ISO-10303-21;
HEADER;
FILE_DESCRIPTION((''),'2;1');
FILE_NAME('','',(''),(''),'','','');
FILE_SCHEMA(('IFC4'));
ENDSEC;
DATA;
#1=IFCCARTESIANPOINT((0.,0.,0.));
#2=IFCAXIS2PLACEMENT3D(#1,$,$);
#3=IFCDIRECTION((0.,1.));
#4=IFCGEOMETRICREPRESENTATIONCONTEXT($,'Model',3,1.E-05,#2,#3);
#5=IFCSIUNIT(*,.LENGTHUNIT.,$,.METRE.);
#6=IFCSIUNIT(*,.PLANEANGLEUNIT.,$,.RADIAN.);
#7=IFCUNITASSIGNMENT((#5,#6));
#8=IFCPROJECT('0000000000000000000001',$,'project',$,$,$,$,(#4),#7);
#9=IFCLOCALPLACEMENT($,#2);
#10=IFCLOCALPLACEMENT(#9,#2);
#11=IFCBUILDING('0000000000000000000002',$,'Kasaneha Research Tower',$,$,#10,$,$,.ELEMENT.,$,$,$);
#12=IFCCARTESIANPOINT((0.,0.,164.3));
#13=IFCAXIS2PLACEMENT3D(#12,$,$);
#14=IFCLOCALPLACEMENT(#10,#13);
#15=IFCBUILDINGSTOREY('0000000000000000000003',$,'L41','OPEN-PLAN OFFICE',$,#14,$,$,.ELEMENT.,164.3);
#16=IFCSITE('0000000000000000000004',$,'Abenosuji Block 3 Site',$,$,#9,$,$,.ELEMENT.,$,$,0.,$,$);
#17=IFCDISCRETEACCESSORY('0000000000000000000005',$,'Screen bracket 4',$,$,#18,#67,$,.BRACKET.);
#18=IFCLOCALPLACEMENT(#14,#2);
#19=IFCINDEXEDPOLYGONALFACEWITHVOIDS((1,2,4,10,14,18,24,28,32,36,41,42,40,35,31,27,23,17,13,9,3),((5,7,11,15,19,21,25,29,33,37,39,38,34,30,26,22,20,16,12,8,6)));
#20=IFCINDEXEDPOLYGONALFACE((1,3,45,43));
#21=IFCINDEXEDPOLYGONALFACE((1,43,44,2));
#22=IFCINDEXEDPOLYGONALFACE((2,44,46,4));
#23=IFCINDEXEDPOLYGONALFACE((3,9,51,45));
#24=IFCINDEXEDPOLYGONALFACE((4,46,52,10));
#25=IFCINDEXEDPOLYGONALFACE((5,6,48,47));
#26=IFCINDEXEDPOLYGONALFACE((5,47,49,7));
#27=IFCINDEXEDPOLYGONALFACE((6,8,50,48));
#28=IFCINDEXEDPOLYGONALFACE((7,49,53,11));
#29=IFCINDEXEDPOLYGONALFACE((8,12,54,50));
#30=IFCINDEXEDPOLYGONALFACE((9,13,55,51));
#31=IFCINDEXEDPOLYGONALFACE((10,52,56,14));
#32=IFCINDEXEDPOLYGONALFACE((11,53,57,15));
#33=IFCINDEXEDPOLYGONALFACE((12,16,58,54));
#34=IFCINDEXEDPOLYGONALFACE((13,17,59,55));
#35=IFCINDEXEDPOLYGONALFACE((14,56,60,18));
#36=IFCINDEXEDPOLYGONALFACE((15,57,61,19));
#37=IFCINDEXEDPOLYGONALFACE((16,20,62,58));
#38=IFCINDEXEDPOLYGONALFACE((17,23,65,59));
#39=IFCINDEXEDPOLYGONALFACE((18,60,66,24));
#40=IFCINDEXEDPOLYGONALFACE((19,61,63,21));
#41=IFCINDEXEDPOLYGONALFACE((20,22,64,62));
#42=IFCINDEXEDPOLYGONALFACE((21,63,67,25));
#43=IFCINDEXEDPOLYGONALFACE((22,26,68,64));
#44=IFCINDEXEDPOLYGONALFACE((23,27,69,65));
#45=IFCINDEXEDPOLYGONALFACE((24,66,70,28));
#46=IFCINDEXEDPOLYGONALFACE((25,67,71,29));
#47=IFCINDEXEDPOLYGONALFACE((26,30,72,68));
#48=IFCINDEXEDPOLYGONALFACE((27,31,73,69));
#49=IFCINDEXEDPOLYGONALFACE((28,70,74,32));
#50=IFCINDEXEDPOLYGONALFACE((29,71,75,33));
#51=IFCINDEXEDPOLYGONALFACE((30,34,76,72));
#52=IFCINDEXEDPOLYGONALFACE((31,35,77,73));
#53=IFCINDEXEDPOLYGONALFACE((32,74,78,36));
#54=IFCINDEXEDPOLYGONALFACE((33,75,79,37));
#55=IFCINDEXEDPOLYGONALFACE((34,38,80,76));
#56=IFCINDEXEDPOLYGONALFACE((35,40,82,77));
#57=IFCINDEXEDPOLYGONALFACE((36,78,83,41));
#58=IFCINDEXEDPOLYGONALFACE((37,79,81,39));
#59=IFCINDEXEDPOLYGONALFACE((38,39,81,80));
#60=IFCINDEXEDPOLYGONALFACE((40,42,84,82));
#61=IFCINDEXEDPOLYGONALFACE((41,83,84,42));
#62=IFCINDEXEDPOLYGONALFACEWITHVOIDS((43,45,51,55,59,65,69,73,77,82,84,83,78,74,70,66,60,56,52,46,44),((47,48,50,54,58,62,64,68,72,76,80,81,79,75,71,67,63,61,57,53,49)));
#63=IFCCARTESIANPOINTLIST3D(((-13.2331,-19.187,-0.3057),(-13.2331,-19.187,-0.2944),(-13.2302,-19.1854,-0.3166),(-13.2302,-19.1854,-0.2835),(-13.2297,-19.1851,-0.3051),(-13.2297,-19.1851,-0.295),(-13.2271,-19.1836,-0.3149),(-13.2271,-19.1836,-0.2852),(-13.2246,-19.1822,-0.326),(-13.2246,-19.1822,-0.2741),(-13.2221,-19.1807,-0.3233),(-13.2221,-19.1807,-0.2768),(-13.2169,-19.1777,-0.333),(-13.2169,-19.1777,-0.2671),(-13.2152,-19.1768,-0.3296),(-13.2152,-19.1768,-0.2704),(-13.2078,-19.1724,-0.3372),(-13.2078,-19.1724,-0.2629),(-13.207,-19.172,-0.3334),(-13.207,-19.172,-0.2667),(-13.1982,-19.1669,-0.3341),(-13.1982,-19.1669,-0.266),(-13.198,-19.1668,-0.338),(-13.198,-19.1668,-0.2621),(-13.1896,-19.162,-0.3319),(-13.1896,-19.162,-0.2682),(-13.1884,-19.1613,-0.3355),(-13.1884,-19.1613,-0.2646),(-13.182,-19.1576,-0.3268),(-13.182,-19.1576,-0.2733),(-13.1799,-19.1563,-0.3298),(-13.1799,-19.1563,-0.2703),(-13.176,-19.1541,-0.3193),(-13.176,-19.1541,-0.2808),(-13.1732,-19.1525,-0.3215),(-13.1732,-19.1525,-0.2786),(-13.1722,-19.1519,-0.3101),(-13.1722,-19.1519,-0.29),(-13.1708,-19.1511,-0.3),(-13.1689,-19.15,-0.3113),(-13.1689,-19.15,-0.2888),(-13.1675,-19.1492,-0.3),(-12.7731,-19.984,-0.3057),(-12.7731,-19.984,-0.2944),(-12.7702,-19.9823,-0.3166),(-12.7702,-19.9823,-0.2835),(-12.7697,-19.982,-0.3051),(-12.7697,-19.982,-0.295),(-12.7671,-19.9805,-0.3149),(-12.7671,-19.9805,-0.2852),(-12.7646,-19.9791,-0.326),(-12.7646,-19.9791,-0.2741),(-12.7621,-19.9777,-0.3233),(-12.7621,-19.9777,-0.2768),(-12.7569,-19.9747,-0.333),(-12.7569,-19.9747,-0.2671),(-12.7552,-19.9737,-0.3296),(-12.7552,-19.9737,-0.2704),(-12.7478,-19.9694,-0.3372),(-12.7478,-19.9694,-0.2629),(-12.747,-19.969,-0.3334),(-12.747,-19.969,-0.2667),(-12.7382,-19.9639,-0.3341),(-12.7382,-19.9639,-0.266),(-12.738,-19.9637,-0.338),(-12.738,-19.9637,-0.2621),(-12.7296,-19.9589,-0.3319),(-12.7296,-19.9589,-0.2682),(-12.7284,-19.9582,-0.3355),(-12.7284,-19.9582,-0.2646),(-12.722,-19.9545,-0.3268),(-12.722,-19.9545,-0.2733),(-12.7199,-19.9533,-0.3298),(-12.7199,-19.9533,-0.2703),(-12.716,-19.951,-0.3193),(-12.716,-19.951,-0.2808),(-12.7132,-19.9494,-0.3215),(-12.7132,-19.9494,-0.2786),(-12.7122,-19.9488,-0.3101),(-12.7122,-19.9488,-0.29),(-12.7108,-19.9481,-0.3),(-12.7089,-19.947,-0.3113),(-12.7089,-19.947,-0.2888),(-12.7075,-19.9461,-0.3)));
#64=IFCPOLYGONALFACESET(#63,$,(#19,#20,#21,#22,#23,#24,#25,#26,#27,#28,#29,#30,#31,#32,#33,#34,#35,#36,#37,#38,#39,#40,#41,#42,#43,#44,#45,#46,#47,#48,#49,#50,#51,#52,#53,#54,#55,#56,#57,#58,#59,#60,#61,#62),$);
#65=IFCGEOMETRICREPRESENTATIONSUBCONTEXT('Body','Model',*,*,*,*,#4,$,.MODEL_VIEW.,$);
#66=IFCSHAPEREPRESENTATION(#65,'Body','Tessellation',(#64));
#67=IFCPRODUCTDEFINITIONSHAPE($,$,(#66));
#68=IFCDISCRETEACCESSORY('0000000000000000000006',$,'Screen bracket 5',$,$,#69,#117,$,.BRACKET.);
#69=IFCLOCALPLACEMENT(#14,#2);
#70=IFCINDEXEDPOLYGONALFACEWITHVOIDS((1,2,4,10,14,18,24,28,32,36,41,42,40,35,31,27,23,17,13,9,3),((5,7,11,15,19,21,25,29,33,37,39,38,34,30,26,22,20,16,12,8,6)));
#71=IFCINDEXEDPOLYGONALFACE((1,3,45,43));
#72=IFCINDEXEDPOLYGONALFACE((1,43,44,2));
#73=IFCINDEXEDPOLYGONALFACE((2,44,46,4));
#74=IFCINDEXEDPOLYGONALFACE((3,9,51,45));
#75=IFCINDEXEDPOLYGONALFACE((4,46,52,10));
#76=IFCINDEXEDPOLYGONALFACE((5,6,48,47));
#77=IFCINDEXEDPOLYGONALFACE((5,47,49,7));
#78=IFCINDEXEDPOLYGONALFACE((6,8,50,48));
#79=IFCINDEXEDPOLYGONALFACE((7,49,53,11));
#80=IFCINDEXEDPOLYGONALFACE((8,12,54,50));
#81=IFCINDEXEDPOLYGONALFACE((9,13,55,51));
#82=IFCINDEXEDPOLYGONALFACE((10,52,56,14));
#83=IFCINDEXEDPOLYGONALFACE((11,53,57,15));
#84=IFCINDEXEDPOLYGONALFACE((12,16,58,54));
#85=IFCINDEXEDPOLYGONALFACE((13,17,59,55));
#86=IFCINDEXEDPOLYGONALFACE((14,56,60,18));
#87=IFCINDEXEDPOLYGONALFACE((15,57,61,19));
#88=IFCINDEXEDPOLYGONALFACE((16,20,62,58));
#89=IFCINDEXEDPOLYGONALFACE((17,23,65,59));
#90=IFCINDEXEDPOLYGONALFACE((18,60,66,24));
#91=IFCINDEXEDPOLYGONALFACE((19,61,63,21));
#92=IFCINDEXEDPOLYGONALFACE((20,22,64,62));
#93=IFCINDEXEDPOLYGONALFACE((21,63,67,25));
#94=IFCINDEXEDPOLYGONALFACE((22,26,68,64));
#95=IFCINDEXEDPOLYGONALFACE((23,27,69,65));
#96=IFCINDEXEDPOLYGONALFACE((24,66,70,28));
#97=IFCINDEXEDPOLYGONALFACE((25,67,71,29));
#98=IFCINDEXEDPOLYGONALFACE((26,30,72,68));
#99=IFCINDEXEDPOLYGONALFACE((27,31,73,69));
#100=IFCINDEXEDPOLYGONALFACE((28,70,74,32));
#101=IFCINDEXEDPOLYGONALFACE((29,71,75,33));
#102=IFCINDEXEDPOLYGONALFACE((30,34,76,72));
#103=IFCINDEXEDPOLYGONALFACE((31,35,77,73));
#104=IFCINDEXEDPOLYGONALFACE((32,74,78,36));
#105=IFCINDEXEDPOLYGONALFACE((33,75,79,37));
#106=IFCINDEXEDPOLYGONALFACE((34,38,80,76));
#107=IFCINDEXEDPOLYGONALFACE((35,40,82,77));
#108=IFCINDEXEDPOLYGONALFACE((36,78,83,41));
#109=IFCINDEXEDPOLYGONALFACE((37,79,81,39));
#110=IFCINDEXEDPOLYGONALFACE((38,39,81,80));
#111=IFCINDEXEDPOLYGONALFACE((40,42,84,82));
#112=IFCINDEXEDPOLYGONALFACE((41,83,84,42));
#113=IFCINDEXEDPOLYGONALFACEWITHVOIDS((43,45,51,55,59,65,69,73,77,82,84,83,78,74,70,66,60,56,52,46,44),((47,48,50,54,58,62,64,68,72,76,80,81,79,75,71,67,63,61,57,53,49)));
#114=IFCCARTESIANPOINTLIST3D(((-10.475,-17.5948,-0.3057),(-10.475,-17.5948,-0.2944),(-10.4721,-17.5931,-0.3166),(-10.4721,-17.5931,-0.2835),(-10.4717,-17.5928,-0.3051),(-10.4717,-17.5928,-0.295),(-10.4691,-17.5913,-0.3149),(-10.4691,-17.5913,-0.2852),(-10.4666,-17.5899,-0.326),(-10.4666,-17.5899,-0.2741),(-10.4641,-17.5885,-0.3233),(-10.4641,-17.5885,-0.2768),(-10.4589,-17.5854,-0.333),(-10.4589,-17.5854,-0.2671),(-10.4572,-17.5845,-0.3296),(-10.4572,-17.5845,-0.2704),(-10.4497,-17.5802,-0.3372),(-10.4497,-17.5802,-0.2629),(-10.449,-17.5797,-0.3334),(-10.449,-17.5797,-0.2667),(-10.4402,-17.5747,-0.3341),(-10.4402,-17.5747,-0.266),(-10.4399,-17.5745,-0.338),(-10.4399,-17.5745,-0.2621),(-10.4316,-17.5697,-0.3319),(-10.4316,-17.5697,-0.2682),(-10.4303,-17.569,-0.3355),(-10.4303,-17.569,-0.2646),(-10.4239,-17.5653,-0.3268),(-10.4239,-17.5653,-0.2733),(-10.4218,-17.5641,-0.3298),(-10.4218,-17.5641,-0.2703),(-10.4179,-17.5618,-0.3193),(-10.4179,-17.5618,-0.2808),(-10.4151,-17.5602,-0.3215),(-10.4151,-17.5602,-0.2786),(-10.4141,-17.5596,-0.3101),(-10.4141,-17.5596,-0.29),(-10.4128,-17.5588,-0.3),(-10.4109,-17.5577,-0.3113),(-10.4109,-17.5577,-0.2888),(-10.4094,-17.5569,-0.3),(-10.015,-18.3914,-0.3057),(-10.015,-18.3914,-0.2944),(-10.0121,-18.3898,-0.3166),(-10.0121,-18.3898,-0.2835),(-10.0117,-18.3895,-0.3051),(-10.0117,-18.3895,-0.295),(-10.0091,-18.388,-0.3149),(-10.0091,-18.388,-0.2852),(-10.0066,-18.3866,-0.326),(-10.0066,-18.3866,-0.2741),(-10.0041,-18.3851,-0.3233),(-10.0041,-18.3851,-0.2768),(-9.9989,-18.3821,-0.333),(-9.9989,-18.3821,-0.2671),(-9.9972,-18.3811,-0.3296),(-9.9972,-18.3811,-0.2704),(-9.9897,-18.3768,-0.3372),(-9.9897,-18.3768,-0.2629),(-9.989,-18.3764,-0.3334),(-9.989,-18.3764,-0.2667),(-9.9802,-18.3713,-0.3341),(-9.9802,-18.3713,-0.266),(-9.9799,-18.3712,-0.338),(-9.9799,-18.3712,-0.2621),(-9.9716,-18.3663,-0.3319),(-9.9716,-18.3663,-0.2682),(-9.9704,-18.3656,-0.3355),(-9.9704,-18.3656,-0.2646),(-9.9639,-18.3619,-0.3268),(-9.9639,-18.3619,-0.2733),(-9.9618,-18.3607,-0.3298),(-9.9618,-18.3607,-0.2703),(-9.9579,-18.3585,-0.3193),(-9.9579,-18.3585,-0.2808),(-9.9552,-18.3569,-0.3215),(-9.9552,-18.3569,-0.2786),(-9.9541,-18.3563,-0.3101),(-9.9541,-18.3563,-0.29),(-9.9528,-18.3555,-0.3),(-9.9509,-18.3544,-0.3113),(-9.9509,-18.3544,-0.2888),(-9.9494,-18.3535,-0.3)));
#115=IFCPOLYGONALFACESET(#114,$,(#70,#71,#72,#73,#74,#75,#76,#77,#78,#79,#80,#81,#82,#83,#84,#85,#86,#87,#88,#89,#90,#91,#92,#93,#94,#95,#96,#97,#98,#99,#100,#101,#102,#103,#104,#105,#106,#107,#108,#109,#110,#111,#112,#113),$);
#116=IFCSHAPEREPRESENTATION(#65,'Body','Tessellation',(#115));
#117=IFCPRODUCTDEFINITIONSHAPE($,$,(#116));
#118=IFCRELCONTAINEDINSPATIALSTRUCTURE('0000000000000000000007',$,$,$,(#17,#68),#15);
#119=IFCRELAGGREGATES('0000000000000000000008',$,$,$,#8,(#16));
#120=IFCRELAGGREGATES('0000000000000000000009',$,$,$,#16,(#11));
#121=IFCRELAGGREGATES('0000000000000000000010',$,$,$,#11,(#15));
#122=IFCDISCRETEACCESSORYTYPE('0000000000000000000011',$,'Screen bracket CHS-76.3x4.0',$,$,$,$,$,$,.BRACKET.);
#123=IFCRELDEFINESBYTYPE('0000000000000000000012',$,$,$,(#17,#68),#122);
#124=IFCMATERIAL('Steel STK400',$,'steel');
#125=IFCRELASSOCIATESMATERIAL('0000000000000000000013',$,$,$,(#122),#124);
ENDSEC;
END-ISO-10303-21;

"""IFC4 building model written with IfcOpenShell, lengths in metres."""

from ifc_helpers import new_model, si_unit, direction, frame, origin, origin_2d, place, context, subcontext, project, spatial, hollow_circle, extrude, material, material_profile, profile_set, type_object, element, save


model = new_model("IFC4")

# Units and contexts
model_context = context("Model", 3, precision=1e-05, world=origin(), true_north=direction((0.0, 1.0)))
body_context = subcontext(model_context, "Body", "Model", "MODEL_VIEW")
ifc_project = project(units=[si_unit("LENGTHUNIT", "METRE"), si_unit("PLANEANGLEUNIT", "RADIAN")], contexts=[model_context])

# Site, building, storey
site_placement = place(None, origin())
site = spatial("IfcSite", under=ifc_project, at=site_placement, Name="Abenosuji Block 3 Site", CompositionType="ELEMENT", RefElevation=0.0)
building_placement = place(site_placement, origin())
building = spatial("IfcBuilding", under=site, at=building_placement, Name="Kasaneha Research Tower", CompositionType="ELEMENT")
storey_placement = place(building_placement, frame((0.0, 0.0, 164.3)))
storey = spatial("IfcBuildingStorey", under=building, at=storey_placement, Name="L41", Description="OPEN-PLAN OFFICE", CompositionType="ELEMENT", Elevation=164.3)

# Discrete accessories
ifc_material_1 = material(Name="Steel STK400", Category="steel")
ifc_material_profile_1 = material_profile(ifc_material_1, hollow_circle(Radius=0.0381, WallThickness=0.0039, at=origin_2d()), Name="CHS-76.3x4.0")
ifc_profile_set_1 = profile_set([ifc_material_profile_1], Name="Steel STK400")
discrete_accessory_type = type_object("IfcDiscreteAccessoryType", Name="Screen bracket CHS-76.3x4.0", PredefinedType="BRACKET", material=ifc_profile_set_1)
discrete_accessory_1_placement = place(storey_placement, frame((-13.2004, -19.1682, -0.3), z_axis=(0.499906, -0.86608, 0.0), x_axis=(0.86608, 0.499906, 0.0)))
element("IfcDiscreteAccessory", 1, at=discrete_accessory_1_placement, inside=storey, type_object=discrete_accessory_type, Name="Screen bracket 4", PredefinedType="BRACKET", context=body_context, shape_type="SweptSolid", body=[
    extrude(hollow_circle(Radius=0.0381, WallThickness=0.0039, at=origin_2d()), origin(), (0.0, 0.0, 1.0), 0.9202),
])
discrete_accessory_2_placement = place(storey_placement, frame((-10.4424, -17.5759, -0.3), z_axis=(0.500021, -0.866013, 0.0), x_axis=(0.866013, 0.500021, 0.0)))
element("IfcDiscreteAccessory", 2, at=discrete_accessory_2_placement, inside=storey, type_object=discrete_accessory_type, Name="Screen bracket 5", PredefinedType="BRACKET", context=body_context, shape_type="SweptSolid", body=[
    extrude(hollow_circle(Radius=0.0381, WallThickness=0.0039, at=origin_2d()), origin(), (0.0, 0.0, 1.0), 0.9199),
])

save(model, "model.ifc")
